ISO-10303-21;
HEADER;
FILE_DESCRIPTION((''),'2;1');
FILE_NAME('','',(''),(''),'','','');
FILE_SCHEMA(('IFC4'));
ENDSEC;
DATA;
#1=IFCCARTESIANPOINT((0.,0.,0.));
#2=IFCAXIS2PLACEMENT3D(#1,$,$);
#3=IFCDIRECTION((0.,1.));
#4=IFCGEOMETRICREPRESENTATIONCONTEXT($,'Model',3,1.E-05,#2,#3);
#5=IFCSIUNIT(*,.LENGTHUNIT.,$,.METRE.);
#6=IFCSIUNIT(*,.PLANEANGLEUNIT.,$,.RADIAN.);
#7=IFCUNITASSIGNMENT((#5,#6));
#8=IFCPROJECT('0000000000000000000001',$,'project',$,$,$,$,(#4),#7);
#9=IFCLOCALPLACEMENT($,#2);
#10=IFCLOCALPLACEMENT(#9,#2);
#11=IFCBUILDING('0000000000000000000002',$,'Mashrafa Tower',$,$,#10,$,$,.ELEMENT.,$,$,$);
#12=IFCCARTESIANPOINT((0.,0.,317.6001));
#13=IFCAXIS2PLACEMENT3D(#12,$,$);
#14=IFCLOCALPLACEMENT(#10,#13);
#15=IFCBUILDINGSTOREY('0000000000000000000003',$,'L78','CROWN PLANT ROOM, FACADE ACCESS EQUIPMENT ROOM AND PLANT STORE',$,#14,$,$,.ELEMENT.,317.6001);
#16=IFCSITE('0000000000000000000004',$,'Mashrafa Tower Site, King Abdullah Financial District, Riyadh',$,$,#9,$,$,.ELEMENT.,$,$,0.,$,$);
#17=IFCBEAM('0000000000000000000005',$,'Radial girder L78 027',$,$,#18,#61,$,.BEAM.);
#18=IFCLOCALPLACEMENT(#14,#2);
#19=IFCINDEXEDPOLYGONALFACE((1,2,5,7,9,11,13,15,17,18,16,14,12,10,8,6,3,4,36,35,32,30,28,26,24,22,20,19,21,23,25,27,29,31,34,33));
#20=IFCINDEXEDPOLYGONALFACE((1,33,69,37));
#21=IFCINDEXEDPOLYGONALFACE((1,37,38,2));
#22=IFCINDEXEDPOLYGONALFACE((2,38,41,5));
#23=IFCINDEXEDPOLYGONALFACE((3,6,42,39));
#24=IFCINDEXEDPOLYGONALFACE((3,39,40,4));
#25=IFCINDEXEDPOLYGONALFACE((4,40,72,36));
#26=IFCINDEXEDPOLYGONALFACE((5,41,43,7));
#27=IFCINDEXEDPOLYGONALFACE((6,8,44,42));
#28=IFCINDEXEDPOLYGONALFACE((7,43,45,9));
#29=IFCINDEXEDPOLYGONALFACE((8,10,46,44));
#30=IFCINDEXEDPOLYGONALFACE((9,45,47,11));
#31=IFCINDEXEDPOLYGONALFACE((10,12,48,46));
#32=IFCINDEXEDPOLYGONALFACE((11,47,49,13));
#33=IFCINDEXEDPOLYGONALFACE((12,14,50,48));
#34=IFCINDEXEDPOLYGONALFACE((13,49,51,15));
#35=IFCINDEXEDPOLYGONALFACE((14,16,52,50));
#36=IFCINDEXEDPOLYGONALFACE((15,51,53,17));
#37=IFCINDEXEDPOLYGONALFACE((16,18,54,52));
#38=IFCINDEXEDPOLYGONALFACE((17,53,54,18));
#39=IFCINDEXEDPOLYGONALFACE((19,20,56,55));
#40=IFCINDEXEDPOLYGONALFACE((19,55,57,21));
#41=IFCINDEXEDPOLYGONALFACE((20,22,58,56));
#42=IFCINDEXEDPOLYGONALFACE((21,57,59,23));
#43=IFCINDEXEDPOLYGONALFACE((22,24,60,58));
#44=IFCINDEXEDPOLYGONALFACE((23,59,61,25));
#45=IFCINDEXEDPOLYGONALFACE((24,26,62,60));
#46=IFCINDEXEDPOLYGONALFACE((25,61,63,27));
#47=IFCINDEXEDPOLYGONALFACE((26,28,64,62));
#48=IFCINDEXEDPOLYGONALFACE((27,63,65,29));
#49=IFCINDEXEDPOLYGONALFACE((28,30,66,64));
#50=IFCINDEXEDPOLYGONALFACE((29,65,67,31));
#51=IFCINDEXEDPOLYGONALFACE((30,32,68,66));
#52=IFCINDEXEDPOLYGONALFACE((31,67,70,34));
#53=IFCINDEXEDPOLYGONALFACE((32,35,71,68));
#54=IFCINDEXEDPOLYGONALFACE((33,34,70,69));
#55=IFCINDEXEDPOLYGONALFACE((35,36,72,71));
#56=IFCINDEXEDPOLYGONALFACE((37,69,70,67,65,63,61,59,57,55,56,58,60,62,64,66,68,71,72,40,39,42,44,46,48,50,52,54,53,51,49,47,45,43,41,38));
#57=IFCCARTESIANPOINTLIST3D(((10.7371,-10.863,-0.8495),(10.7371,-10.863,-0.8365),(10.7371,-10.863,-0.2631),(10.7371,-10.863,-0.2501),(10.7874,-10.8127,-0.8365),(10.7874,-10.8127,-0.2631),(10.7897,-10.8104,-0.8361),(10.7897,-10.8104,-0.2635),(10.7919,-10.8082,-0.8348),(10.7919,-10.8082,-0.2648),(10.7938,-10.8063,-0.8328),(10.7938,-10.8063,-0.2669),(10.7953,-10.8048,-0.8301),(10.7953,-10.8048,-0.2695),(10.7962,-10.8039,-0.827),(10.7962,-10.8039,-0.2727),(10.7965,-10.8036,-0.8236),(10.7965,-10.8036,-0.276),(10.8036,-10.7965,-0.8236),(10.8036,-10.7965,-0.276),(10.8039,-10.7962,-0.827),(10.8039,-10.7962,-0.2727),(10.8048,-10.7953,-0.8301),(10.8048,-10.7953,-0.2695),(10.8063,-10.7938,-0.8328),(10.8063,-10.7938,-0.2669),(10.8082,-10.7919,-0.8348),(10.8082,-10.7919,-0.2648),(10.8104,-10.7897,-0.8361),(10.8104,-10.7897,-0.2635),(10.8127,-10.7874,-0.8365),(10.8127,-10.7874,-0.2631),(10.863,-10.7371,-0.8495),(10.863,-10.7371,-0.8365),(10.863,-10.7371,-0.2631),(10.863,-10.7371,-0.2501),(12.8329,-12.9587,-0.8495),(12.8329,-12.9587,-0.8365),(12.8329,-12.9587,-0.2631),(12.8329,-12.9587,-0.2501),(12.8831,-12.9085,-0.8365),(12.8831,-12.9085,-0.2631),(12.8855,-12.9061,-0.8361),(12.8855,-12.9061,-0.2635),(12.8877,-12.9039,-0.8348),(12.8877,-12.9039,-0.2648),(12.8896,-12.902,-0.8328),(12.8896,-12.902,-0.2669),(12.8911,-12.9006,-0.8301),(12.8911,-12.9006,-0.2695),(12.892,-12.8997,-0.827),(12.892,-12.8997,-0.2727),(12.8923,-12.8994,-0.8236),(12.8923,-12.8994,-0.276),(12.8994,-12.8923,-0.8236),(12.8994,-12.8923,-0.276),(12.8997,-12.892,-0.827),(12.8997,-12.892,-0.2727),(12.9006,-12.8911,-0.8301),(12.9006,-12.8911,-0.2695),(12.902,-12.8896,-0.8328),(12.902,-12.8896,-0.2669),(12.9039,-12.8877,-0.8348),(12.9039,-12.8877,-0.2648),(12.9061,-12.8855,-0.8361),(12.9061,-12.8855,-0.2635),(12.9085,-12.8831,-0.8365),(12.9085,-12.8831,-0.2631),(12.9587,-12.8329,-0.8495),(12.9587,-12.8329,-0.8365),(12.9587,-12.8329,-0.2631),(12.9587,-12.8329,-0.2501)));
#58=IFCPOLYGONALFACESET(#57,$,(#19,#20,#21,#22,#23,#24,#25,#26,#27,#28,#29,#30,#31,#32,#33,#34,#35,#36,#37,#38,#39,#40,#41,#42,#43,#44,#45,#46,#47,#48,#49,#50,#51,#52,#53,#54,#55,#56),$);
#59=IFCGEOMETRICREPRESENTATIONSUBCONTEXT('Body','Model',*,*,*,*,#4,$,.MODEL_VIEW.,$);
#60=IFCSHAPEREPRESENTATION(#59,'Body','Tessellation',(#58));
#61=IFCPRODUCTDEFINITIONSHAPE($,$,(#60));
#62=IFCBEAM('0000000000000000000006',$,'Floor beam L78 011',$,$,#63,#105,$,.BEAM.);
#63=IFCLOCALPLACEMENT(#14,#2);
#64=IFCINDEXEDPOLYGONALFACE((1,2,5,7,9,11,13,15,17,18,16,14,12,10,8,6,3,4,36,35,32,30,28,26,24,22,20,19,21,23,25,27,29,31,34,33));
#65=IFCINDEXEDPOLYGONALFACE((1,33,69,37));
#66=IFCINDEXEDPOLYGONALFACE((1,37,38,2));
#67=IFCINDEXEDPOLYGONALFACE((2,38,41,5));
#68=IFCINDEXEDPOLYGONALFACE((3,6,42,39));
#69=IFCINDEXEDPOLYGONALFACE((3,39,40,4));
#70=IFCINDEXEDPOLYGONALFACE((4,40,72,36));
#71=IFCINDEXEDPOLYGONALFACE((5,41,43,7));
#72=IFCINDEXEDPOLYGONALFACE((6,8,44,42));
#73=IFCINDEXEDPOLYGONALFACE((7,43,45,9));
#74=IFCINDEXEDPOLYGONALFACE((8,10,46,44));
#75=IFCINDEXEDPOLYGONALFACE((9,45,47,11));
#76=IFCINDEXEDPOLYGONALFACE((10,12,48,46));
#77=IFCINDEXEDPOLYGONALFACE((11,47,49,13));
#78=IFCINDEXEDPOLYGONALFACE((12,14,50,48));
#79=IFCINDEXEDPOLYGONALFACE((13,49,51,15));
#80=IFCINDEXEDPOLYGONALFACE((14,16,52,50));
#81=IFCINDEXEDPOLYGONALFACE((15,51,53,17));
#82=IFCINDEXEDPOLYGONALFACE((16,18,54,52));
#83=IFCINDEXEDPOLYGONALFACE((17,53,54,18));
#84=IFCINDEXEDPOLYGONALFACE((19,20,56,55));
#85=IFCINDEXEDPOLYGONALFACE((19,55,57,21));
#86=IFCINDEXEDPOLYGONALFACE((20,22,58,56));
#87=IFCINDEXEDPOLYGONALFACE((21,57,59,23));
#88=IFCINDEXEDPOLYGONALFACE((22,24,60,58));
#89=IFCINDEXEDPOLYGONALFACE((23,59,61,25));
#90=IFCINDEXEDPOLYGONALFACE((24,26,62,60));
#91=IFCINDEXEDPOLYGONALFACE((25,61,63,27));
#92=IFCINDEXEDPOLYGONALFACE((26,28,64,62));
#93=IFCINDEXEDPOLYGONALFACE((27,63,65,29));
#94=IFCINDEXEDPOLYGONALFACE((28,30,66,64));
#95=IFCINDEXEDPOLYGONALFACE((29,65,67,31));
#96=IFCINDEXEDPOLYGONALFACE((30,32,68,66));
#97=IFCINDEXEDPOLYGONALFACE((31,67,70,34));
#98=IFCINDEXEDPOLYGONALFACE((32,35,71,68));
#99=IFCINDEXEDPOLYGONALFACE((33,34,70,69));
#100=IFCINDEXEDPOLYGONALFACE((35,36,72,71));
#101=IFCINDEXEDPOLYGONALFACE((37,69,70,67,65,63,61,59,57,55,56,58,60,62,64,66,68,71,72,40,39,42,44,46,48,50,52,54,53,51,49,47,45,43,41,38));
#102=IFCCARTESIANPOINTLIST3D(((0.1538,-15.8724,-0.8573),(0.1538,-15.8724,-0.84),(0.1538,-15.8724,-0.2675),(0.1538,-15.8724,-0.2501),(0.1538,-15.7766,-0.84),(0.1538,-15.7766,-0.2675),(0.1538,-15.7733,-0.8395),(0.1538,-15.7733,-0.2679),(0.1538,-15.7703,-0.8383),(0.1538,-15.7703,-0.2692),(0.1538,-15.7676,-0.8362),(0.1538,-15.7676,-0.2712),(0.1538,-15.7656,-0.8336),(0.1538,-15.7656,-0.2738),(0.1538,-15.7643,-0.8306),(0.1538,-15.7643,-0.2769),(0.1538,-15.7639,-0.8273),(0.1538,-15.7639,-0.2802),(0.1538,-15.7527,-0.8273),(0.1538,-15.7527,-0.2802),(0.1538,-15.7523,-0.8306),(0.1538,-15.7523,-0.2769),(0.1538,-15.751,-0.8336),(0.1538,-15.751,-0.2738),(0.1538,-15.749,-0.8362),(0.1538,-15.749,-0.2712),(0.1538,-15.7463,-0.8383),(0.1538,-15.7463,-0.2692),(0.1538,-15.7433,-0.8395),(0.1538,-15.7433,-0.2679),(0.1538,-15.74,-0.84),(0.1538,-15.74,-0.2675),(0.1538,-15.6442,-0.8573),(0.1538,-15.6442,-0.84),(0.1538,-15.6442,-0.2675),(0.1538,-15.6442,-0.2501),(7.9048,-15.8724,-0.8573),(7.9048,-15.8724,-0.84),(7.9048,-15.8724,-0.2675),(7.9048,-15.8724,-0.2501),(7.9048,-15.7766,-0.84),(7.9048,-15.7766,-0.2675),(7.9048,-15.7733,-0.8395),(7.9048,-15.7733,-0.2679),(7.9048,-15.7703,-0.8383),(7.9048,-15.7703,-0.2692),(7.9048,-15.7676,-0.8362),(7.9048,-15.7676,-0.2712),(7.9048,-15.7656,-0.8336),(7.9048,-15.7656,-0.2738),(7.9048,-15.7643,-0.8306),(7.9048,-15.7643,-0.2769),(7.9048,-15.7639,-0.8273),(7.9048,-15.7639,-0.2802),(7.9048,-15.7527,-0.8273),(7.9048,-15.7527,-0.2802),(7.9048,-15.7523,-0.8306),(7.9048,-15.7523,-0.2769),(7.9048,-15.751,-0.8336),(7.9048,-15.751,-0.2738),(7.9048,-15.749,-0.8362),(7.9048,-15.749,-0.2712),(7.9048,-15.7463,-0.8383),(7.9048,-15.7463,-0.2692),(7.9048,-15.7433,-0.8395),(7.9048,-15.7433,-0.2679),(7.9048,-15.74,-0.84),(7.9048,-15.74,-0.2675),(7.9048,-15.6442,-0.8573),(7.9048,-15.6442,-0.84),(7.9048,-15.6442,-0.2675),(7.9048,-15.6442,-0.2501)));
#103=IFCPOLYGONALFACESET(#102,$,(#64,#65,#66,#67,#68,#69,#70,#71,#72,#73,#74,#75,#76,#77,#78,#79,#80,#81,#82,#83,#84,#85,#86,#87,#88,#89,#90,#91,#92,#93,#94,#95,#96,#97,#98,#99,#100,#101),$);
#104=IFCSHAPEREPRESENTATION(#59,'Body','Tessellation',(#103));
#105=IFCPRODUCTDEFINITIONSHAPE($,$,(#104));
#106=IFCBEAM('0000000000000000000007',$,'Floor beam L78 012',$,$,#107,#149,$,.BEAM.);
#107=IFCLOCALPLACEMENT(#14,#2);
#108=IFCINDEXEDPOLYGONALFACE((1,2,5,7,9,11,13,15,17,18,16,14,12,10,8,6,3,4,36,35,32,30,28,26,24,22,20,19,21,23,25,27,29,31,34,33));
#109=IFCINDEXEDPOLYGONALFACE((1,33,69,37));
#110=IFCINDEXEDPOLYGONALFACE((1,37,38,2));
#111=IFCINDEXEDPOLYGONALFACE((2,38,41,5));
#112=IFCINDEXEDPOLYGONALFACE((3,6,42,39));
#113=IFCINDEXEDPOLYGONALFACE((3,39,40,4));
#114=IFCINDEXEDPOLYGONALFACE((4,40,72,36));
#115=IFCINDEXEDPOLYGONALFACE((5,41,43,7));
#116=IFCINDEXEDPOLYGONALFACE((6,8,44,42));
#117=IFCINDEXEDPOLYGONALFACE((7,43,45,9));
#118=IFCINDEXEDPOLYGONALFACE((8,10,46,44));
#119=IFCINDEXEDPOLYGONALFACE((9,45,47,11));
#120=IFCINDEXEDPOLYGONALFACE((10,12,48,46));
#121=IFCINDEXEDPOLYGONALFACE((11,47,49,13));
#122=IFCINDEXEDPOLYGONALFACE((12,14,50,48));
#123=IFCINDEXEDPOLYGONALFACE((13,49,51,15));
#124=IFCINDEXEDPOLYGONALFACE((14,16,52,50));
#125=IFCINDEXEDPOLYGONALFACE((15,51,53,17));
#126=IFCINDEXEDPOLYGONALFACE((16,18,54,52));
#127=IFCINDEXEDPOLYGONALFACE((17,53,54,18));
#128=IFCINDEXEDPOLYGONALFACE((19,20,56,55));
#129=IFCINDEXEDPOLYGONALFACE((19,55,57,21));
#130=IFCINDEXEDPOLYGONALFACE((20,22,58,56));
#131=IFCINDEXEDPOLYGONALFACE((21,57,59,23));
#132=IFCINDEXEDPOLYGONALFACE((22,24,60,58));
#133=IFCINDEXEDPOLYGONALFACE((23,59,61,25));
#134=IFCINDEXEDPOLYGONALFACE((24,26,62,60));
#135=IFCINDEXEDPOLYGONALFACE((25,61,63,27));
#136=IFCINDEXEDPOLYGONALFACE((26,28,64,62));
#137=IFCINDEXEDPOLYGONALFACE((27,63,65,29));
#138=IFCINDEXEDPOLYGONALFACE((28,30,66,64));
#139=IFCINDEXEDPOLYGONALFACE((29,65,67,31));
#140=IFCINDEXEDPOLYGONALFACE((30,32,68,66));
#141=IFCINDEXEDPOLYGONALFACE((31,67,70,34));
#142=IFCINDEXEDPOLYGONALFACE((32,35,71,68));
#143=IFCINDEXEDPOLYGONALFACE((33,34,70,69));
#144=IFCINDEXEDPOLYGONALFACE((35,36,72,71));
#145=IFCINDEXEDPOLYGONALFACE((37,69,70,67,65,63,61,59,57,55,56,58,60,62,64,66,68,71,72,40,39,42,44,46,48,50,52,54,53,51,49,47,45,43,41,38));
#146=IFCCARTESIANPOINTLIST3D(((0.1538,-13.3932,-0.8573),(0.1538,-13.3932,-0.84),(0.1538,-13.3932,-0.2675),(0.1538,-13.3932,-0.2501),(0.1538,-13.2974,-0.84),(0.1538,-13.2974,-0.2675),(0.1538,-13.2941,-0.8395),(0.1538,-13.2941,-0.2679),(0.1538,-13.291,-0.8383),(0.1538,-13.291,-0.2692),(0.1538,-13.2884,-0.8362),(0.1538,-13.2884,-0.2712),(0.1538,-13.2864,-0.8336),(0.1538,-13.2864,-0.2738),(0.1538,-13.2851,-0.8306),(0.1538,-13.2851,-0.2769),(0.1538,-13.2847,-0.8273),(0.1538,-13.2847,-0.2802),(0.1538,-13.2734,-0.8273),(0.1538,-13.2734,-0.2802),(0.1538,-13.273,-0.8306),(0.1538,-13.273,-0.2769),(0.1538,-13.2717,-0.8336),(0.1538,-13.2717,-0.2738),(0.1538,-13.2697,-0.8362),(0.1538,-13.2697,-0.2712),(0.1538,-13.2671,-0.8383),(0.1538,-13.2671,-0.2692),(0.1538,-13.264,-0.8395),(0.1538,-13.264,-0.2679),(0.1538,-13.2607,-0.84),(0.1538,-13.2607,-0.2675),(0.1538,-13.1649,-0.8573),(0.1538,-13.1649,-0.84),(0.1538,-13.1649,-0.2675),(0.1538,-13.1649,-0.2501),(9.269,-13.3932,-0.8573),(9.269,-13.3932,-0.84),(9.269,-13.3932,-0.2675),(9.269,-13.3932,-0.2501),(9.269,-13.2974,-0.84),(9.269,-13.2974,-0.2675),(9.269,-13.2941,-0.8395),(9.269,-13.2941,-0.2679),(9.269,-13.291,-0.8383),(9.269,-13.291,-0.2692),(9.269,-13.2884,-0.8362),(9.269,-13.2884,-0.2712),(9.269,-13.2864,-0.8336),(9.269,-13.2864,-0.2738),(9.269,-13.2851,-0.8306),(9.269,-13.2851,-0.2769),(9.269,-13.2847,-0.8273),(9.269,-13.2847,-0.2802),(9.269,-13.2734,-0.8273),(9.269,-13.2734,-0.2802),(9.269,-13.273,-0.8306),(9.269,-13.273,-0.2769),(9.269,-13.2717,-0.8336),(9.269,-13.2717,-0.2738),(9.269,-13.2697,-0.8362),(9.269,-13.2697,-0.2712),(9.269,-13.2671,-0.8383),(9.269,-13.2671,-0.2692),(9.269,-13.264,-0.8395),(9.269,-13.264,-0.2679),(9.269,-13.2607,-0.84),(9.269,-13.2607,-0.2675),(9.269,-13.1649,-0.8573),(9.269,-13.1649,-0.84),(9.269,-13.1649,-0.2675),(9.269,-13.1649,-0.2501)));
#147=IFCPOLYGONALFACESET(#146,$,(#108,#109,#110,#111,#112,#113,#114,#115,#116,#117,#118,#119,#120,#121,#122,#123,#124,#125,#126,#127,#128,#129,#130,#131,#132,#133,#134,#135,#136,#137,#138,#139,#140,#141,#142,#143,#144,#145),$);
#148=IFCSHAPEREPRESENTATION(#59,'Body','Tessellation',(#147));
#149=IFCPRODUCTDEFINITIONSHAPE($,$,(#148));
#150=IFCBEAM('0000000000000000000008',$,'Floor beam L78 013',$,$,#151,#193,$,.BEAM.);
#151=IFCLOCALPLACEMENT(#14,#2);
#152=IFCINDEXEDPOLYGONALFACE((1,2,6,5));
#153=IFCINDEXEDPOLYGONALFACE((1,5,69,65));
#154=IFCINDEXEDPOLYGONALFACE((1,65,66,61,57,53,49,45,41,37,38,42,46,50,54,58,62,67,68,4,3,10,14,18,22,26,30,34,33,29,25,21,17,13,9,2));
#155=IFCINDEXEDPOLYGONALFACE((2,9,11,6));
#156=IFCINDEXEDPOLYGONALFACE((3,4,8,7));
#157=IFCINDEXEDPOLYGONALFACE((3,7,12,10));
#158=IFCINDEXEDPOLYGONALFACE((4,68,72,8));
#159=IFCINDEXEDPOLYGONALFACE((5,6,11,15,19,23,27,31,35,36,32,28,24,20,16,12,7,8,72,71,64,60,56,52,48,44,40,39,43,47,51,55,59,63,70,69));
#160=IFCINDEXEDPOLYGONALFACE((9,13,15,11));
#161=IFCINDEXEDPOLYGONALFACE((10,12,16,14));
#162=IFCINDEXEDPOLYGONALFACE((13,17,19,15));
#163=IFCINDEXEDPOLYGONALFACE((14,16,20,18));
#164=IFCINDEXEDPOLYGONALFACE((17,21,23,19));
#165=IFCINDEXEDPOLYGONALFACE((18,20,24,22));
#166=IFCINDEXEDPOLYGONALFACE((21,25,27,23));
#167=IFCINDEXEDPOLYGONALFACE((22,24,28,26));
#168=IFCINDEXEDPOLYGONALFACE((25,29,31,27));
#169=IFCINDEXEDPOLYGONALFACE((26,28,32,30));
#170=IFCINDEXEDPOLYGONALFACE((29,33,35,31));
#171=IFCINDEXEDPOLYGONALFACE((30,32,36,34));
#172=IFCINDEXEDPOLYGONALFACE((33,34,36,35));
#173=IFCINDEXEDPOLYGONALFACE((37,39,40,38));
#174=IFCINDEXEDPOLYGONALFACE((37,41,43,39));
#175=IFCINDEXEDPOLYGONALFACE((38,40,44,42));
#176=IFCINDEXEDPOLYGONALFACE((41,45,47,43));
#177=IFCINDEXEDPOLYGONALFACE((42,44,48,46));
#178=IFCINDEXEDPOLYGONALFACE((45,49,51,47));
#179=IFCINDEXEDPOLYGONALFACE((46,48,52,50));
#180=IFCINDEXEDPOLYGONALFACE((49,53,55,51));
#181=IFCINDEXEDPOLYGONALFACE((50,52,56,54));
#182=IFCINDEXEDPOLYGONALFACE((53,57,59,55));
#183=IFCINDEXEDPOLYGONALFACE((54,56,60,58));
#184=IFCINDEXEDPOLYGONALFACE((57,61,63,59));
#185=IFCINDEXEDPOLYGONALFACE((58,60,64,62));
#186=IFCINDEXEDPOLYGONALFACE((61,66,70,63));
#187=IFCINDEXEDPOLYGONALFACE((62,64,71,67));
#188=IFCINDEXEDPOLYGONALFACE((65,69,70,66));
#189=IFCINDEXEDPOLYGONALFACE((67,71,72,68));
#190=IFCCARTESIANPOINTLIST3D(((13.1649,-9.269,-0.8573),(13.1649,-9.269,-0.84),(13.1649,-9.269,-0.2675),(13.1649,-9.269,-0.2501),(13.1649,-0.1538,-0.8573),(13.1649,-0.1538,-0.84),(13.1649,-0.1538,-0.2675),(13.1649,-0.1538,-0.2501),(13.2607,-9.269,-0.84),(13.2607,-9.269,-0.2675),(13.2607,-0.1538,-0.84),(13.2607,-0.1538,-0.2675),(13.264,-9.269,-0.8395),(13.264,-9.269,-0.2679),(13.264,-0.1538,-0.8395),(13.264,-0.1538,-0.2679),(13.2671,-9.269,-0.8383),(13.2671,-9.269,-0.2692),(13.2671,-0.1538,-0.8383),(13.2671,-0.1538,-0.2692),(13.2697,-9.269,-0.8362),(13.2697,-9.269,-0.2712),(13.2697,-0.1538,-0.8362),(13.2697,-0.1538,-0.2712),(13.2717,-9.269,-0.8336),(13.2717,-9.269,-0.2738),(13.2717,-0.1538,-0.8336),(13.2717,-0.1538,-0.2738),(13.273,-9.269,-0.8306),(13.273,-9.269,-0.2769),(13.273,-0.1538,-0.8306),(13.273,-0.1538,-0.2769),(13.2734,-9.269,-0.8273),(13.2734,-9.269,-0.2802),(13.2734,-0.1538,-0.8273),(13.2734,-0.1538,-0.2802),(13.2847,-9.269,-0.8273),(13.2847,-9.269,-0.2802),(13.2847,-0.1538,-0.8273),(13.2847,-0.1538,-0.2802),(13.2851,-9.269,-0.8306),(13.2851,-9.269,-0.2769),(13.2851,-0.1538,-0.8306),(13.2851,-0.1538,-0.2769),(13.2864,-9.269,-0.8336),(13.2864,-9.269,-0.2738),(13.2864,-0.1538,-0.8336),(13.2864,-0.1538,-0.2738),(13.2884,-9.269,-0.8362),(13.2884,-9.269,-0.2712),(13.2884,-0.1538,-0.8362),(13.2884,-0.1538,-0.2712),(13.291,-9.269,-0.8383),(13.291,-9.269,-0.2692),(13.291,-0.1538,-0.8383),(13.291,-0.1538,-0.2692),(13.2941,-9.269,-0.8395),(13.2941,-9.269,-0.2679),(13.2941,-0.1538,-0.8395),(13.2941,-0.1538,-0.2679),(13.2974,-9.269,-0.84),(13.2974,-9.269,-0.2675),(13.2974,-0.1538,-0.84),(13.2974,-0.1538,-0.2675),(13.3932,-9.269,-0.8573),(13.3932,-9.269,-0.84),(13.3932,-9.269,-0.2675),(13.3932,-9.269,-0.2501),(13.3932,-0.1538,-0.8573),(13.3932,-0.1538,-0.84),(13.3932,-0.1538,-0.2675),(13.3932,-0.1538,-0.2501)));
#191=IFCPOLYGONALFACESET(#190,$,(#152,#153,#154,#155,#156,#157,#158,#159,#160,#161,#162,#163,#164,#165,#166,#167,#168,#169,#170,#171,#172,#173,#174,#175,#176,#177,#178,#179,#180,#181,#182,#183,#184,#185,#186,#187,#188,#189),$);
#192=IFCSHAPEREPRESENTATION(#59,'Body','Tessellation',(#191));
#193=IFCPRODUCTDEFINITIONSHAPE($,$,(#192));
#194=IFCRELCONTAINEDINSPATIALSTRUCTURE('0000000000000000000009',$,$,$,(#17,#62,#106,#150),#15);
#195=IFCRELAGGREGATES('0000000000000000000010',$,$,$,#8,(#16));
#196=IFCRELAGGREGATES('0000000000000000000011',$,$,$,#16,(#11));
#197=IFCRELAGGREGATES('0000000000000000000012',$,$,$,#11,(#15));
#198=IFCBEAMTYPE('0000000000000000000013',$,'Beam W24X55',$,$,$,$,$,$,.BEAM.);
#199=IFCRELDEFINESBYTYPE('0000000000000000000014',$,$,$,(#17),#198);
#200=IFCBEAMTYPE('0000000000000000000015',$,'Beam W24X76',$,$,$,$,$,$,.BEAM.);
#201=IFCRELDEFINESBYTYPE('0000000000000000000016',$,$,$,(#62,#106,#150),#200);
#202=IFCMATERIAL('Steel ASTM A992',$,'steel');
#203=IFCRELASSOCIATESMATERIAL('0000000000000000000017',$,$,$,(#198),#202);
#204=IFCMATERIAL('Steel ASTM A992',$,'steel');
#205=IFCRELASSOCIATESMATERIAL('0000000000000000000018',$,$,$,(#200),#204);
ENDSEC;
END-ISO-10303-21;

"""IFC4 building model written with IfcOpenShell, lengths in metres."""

from ifc_helpers import new_model, si_unit, direction, frame, origin, origin_2d, place, context, subcontext, project, spatial, i_section, extrude, material, material_profile, profile_set, type_object, element, save


model = new_model("IFC4")

# Units and contexts
model_context = context("Model", 3, precision=1e-05, world=origin(), true_north=direction((0.0, 1.0)))
body_context = subcontext(model_context, "Body", "Model", "MODEL_VIEW")
ifc_project = project(units=[si_unit("LENGTHUNIT", "METRE"), si_unit("PLANEANGLEUNIT", "RADIAN")], contexts=[model_context])

# Site, building, storey
site_placement = place(None, origin())
site = spatial("IfcSite", under=ifc_project, at=site_placement, Name="Mashrafa Tower Site, King Abdullah Financial District, Riyadh", CompositionType="ELEMENT", RefElevation=0.0)
building_placement = place(site_placement, origin())
building = spatial("IfcBuilding", under=site, at=building_placement, Name="Mashrafa Tower", CompositionType="ELEMENT")
storey_placement = place(building_placement, frame((0.0, 0.0, 317.6001)))
storey = spatial("IfcBuildingStorey", under=building, at=storey_placement, Name="L78", Description="CROWN PLANT ROOM, FACADE ACCESS EQUIPMENT ROOM AND PLANT STORE", CompositionType="ELEMENT", Elevation=317.6001)

# Beams
ifc_material_1 = material(Name="Steel ASTM A992", Category="steel")
ifc_material_profile_1 = material_profile(ifc_material_1, i_section(OverallWidth=0.178, OverallDepth=0.5994, WebThickness=0.01, FlangeThickness=0.0129, FilletRadius=0.0129, at=origin_2d()), Name="W24X55")
ifc_profile_set_1 = profile_set([ifc_material_profile_1], Name="Steel ASTM A992")
beam_type_1 = type_object("IfcBeamType", Name="Beam W24X55", PredefinedType="BEAM", material=ifc_profile_set_1)
beam_1_placement = place(storey_placement, frame((10.8, -10.8, -0.5498), z_axis=(0.707107, -0.707107, 0.0), x_axis=(0.707107, 0.707107, 0.0)))
element("IfcBeam", 1, at=beam_1_placement, inside=storey, type_object=beam_type_1, Name="Radial girder L78 027", PredefinedType="BEAM", context=body_context, shape_type="SweptSolid", body=[
    extrude(i_section(OverallWidth=0.178, OverallDepth=0.5994, WebThickness=0.01, FlangeThickness=0.0129, FilletRadius=0.0129, at=origin_2d()), origin(), (0.0, 0.0, 1.0), 2.9639),
])
ifc_material_2 = material(Name="Steel ASTM A992", Category="steel")
ifc_material_profile_2 = material_profile(ifc_material_2, i_section(OverallWidth=0.2283, OverallDepth=0.6072, WebThickness=0.0112, FlangeThickness=0.0173, FilletRadius=0.0127, at=origin_2d()), Name="W24X76")
ifc_profile_set_2 = profile_set([ifc_material_profile_2], Name="Steel ASTM A992")
beam_type_2 = type_object("IfcBeamType", Name="Beam W24X76", PredefinedType="BEAM", material=ifc_profile_set_2)
beam_2_placement = place(storey_placement, frame((7.9048, -15.7583, -0.5537), z_axis=(-1.0, 0.0, 0.0), x_axis=(0.0, -1.0, 0.0)))
element("IfcBeam", 2, at=beam_2_placement, inside=storey, type_object=beam_type_2, Name="Floor beam L78 011", PredefinedType="BEAM", context=body_context, shape_type="SweptSolid", body=[
    extrude(i_section(OverallWidth=0.2283, OverallDepth=0.6072, WebThickness=0.0112, FlangeThickness=0.0173, FilletRadius=0.0127, at=origin_2d()), origin(), (0.0, 0.0, 1.0), 7.751),
])
for number, where, z_axis, x_axis, name in (
    (3, (9.269, -13.2791, -0.5537), (-1.0, 0.0, 0.0), (0.0, -1.0, 0.0), "Floor beam L78 012"),
    (4, (13.2791, -0.1538, -0.5537), (0.0, -1.0, 0.0), (1.0, 0.0, 0.0), "Floor beam L78 013"),
):
    element("IfcBeam", number, at=place(storey_placement, frame(where, z_axis=z_axis, x_axis=x_axis)), inside=storey, type_object=beam_type_2, Name=name, PredefinedType="BEAM", context=body_context, shape_type="SweptSolid", body=[
        extrude(i_section(OverallWidth=0.2283, OverallDepth=0.6072, WebThickness=0.0112, FlangeThickness=0.0173, FilletRadius=0.0127, at=origin_2d()), origin(), (0.0, 0.0, 1.0), 9.1152),
    ])

save(model, "model.ifc")
